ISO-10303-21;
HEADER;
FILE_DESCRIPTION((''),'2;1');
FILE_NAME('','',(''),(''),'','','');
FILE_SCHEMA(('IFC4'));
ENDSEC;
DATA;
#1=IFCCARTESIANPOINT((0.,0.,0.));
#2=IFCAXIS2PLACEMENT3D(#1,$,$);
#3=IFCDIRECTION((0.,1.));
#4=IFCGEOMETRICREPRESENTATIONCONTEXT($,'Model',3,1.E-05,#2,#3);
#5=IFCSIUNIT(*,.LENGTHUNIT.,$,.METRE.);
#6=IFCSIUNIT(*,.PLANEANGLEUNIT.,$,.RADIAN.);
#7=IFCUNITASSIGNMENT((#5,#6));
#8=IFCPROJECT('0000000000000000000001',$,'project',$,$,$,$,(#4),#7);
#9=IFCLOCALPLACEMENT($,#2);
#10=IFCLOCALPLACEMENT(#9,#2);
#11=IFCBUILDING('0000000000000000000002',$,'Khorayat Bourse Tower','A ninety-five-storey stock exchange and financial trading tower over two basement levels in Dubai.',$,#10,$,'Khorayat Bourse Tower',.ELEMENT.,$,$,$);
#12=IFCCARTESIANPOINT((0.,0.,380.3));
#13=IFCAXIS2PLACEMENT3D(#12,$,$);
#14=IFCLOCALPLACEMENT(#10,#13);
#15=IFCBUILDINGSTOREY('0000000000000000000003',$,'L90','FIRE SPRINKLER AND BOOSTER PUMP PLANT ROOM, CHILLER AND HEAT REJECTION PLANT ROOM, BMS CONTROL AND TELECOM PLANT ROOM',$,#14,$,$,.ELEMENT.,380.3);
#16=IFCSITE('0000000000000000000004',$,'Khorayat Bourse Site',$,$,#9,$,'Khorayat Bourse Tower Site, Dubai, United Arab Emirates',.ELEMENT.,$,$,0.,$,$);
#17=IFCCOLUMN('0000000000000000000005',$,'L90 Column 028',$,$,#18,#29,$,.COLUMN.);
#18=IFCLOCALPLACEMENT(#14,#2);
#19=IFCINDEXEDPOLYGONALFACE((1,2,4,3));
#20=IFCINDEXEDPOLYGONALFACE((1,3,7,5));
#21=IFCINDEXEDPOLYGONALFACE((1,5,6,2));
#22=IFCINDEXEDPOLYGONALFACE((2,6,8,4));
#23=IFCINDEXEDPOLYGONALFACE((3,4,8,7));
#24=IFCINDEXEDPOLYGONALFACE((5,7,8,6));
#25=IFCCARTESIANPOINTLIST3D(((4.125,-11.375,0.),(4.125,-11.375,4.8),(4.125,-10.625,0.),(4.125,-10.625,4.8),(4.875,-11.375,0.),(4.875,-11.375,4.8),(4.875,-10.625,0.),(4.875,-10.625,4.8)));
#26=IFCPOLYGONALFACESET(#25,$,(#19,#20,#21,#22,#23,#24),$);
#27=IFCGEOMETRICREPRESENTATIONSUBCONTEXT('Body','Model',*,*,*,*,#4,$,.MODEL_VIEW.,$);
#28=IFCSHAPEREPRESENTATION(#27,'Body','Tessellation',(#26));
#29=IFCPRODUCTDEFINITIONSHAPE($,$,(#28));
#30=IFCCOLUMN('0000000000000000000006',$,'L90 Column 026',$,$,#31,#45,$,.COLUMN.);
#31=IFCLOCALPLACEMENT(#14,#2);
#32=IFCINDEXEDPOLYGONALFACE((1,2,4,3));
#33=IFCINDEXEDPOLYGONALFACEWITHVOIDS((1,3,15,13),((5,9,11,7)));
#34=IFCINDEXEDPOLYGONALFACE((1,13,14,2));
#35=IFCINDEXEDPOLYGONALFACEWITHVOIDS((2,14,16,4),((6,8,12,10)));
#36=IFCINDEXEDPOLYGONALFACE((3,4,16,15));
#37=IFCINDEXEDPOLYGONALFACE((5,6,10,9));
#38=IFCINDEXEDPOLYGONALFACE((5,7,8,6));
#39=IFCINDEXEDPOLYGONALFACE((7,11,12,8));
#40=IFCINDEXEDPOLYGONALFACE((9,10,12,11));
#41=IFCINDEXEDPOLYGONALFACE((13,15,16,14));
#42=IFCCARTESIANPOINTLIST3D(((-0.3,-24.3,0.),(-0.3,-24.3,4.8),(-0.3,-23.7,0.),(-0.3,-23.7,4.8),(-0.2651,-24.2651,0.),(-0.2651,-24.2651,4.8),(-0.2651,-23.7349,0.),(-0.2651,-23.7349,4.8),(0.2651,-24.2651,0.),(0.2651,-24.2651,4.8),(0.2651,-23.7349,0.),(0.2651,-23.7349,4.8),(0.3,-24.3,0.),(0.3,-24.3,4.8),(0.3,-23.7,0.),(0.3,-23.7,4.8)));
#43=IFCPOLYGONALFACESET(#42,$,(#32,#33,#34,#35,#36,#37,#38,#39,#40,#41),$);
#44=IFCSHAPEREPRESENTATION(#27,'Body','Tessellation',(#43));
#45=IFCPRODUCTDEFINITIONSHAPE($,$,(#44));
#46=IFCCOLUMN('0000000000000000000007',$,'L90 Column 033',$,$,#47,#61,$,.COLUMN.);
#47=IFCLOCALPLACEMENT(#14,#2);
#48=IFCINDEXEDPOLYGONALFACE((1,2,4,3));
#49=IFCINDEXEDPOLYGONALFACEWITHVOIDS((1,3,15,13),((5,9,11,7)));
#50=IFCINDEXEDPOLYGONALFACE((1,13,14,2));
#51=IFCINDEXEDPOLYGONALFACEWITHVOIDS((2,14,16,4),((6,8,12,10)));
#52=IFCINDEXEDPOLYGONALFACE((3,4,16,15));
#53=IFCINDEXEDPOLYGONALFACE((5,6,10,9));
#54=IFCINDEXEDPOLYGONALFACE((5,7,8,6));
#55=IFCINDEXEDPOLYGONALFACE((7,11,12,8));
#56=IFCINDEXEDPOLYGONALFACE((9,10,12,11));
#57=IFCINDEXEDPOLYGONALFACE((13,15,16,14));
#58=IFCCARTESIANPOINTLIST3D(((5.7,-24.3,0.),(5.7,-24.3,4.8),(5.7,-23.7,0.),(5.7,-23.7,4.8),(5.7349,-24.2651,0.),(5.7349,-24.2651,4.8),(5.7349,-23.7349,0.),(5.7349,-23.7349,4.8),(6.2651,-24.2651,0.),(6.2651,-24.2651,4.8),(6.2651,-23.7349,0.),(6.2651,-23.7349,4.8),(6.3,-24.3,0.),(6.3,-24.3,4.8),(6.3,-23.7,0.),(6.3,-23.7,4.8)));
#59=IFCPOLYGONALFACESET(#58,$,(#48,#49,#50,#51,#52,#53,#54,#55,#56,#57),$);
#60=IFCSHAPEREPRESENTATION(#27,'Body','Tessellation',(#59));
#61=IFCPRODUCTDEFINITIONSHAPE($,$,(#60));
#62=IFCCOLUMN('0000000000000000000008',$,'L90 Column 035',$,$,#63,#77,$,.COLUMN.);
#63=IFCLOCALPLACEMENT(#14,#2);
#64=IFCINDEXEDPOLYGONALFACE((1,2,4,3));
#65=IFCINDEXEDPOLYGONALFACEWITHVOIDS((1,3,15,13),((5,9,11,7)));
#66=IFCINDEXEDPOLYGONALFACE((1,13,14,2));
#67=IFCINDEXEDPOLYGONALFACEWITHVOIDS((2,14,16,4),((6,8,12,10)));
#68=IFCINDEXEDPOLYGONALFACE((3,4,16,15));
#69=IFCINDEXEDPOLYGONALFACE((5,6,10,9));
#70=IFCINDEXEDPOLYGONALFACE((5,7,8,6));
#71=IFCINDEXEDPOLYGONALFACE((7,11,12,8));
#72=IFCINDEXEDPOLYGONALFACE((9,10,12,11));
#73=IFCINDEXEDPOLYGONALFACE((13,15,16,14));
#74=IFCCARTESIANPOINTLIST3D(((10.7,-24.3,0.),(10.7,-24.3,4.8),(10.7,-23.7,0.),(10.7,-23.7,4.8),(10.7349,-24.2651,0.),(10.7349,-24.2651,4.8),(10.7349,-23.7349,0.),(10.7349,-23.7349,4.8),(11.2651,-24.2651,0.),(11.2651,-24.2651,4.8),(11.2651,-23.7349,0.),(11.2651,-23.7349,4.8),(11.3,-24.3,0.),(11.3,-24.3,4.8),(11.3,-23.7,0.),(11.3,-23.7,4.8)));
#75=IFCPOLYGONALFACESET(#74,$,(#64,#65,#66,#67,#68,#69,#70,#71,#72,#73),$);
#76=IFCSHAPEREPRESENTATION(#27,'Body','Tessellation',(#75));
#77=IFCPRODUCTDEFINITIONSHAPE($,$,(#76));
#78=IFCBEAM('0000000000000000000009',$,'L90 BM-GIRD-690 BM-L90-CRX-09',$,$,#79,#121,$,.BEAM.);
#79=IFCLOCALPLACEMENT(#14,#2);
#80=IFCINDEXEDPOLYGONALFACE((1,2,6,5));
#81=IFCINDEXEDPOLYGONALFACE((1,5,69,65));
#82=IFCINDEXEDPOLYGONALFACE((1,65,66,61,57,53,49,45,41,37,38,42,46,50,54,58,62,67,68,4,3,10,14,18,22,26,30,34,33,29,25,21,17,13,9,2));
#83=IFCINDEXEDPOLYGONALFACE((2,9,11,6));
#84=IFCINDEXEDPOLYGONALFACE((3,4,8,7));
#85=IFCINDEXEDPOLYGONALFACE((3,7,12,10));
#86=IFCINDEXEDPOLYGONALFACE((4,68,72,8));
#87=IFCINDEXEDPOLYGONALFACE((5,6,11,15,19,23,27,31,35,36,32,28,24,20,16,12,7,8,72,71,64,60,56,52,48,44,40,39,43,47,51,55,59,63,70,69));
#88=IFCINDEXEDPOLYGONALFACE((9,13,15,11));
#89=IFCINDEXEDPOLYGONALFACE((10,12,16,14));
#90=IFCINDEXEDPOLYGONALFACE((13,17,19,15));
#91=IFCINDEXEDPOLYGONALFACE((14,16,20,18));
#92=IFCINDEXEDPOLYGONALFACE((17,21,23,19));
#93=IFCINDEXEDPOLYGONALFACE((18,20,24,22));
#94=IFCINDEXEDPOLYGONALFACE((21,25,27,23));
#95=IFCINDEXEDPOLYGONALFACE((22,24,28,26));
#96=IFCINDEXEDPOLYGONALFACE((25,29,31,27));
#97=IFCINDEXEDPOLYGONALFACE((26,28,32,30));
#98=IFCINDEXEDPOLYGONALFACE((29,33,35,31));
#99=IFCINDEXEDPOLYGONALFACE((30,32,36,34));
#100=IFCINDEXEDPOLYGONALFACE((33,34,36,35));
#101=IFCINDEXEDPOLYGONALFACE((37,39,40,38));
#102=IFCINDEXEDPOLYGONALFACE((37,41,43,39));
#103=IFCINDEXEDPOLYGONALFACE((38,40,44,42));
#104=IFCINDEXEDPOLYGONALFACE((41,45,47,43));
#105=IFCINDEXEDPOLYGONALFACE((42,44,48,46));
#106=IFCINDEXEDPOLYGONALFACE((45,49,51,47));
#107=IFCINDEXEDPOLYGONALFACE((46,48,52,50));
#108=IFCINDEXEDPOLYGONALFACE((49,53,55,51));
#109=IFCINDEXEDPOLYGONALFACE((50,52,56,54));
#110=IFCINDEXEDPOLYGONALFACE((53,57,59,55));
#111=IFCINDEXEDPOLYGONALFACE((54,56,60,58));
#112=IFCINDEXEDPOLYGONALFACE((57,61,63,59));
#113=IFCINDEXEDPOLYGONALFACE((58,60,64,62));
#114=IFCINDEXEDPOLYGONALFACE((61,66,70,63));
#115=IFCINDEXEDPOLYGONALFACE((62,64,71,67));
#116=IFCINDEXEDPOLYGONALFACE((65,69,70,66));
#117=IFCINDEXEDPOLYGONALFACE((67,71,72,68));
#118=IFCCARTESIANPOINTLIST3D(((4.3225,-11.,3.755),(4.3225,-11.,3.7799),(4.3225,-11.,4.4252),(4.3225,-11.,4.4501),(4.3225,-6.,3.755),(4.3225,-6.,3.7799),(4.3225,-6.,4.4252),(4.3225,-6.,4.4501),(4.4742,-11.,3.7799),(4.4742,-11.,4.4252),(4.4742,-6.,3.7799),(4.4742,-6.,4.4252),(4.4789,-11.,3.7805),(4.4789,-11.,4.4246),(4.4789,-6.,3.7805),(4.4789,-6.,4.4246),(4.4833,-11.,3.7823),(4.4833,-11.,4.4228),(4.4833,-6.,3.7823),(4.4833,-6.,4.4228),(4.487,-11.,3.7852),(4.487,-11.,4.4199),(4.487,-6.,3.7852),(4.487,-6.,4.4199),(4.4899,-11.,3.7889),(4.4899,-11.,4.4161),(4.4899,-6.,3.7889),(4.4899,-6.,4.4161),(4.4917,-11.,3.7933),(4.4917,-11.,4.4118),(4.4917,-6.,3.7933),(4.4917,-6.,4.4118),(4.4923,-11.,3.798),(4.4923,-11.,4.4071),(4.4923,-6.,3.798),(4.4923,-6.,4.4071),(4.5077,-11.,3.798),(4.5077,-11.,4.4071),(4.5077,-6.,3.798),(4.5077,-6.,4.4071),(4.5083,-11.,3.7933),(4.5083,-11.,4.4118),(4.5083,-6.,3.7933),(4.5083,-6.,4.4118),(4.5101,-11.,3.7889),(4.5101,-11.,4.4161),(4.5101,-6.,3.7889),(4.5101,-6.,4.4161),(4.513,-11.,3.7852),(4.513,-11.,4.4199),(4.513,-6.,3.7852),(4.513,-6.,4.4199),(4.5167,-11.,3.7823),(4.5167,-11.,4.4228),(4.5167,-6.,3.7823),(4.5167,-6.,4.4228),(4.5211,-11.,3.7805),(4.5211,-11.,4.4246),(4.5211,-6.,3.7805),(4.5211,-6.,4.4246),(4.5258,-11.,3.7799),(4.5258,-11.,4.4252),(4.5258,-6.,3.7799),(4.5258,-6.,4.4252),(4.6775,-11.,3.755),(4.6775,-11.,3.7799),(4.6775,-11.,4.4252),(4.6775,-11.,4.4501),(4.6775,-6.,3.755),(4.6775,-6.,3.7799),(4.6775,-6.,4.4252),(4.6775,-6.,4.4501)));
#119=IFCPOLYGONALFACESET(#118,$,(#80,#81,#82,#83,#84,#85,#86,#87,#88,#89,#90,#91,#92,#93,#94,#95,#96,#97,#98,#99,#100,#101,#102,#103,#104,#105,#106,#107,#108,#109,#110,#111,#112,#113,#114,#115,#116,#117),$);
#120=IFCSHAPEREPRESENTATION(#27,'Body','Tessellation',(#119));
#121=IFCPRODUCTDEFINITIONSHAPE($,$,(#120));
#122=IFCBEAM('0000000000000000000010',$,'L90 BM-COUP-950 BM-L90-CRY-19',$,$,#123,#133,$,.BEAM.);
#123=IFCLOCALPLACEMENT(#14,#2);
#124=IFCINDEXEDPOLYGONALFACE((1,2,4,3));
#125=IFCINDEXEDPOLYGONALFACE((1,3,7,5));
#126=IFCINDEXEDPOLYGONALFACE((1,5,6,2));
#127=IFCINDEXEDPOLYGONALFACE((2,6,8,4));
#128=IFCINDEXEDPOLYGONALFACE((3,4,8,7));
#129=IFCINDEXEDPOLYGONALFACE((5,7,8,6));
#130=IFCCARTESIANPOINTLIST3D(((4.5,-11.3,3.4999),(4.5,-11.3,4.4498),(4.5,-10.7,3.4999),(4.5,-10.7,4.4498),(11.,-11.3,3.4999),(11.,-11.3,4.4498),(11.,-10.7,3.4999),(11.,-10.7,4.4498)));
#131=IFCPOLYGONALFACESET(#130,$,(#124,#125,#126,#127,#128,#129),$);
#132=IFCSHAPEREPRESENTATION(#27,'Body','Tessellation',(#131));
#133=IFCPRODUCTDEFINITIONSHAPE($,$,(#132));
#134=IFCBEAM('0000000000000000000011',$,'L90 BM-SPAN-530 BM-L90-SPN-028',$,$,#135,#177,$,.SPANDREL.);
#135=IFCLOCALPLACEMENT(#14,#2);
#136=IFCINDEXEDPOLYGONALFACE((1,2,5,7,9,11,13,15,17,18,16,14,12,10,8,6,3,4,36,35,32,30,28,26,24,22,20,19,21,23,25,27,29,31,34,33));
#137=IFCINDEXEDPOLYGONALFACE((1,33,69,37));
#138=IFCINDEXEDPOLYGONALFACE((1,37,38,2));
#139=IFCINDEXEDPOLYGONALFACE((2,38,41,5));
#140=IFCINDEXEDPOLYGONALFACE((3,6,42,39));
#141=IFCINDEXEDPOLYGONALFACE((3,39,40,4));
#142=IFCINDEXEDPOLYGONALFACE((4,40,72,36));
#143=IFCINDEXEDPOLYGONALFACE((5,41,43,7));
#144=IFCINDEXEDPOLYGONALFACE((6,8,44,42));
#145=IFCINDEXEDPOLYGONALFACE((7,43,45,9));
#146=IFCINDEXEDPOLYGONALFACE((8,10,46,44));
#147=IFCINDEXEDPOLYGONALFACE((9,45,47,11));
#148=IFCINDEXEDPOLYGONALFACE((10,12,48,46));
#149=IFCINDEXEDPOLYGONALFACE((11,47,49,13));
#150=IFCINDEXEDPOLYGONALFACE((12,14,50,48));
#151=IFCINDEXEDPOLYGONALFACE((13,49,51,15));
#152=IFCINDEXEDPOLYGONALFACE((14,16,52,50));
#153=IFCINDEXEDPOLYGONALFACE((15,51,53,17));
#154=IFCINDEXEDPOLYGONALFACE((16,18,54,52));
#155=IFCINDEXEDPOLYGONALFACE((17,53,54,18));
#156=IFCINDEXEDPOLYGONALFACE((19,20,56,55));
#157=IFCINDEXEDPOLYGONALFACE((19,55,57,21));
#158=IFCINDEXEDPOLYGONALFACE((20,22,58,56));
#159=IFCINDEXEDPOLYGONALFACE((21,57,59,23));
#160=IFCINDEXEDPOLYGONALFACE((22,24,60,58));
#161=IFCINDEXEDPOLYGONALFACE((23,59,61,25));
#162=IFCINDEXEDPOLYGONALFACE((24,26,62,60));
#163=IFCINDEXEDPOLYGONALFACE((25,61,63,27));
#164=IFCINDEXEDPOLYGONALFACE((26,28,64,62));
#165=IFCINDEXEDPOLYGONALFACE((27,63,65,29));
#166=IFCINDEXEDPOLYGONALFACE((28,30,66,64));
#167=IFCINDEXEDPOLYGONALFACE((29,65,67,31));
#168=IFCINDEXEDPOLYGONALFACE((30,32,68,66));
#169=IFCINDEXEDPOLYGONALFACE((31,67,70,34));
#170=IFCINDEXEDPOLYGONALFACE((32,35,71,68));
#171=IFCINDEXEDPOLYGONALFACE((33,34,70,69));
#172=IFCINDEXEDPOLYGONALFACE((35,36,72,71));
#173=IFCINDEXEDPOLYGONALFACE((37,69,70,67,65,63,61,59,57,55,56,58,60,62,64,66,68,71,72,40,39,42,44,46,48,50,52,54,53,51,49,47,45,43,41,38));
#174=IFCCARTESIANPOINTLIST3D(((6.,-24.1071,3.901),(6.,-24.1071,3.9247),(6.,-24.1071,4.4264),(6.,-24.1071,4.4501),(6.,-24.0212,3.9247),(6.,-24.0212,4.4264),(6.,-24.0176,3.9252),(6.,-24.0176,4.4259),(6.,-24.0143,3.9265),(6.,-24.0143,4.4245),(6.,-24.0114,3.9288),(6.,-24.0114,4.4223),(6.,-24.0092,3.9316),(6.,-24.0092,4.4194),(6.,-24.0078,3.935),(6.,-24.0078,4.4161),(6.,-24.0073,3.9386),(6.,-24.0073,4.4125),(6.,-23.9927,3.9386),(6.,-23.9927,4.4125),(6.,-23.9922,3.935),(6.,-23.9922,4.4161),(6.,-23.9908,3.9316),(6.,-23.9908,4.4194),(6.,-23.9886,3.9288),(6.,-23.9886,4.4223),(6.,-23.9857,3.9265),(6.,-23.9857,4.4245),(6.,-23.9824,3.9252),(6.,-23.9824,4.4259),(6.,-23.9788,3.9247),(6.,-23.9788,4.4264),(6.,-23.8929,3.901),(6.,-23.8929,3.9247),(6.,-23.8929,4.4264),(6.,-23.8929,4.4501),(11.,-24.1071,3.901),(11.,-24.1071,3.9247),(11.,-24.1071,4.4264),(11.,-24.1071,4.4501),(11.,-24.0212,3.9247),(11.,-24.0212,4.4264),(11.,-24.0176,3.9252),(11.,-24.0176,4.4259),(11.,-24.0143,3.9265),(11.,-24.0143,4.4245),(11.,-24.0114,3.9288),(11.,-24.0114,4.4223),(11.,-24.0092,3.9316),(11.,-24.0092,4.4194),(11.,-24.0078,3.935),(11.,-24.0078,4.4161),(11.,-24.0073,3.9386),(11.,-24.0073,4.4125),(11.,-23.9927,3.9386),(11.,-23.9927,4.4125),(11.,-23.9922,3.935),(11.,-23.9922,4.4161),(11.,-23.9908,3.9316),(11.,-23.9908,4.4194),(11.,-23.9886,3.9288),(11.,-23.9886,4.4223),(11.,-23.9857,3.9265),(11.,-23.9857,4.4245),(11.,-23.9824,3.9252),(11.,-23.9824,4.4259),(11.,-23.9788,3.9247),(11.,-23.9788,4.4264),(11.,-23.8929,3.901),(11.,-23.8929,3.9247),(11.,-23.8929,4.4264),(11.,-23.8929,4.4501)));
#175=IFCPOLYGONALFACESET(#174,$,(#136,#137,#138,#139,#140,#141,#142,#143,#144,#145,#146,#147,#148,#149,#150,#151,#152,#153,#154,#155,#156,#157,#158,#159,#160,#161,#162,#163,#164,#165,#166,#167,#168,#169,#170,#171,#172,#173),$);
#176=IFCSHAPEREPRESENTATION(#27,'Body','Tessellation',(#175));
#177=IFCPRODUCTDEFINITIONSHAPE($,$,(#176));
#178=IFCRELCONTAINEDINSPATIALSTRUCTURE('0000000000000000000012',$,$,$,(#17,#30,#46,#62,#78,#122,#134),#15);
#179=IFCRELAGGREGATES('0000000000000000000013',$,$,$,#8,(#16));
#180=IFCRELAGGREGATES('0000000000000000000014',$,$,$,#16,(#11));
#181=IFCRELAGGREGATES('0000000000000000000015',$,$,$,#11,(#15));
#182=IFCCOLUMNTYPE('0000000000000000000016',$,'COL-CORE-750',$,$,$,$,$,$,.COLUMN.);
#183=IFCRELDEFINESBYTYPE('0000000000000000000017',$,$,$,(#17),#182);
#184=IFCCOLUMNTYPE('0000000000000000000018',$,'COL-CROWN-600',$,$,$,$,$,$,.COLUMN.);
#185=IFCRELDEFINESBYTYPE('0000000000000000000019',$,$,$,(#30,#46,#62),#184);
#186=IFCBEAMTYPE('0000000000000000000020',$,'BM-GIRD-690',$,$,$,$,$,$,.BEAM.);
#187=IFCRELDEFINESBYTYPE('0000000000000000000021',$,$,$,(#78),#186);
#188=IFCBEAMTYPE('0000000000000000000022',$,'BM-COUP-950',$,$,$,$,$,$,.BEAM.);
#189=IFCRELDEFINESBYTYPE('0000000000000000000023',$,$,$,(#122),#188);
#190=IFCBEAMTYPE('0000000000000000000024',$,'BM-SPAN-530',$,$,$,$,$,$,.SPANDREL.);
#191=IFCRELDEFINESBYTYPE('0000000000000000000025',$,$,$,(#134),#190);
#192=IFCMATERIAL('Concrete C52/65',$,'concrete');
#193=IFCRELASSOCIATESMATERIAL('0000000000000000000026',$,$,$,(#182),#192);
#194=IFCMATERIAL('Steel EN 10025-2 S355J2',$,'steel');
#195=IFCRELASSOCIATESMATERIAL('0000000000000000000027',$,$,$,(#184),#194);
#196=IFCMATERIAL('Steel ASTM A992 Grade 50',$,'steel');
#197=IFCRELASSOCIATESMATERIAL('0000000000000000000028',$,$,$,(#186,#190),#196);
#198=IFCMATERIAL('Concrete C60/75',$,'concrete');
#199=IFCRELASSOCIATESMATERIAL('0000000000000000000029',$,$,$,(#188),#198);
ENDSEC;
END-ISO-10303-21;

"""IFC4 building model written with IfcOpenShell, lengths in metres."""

from ifc_helpers import new_model, si_unit, direction, frame, origin, origin_2d, place, context, subcontext, project, spatial, rectangle, hollow_rectangle, i_section, extrude, source, transform, mapped, material, material_profile, profile_set, type_object, element, save


model = new_model("IFC4")

# Units and contexts
model_context = context("Model", 3, precision=1e-05, world=origin(), true_north=direction((0.0, 1.0)))
body_context = subcontext(model_context, "Body", "Model", "MODEL_VIEW")
ifc_project = project(units=[si_unit("LENGTHUNIT", "METRE"), si_unit("PLANEANGLEUNIT", "RADIAN")], contexts=[model_context])

# Site, building, storey
site_placement = place(None, origin())
site = spatial("IfcSite", under=ifc_project, at=site_placement, Name="Khorayat Bourse Site", LongName="Khorayat Bourse Tower Site, Dubai, United Arab Emirates", CompositionType="ELEMENT", RefElevation=0.0)
building_placement = place(site_placement, origin())
building = spatial("IfcBuilding", under=site, at=building_placement, Name="Khorayat Bourse Tower", Description="A ninety-five-storey stock exchange and financial trading tower over two basement levels in Dubai.", LongName="Khorayat Bourse Tower", CompositionType="ELEMENT")
storey_placement = place(building_placement, frame((0.0, 0.0, 380.3)))
storey = spatial("IfcBuildingStorey", under=building, at=storey_placement, Name="L90", Description="FIRE SPRINKLER AND BOOSTER PUMP PLANT ROOM, CHILLER AND HEAT REJECTION PLANT ROOM, BMS CONTROL AND TELECOM PLANT ROOM", CompositionType="ELEMENT", Elevation=380.3)

# Columns
ifc_material_1 = material(Name="Concrete C52/65", Category="concrete")
ifc_material_profile_1 = material_profile(ifc_material_1, rectangle(XDim=0.75, YDim=0.75, at=origin_2d()), Name="RC 750x750")
ifc_profile_set_1 = profile_set([ifc_material_profile_1], Name="Concrete C52/65")
column_type_1 = type_object("IfcColumnType", Name="COL-CORE-750", PredefinedType="COLUMN", material=ifc_profile_set_1)
shared_shape_1 = source(origin(), body_context, "Body", "SweptSolid", [
    extrude(rectangle(XDim=0.75, YDim=0.75, at=origin_2d()), origin(), (0.0, 0.0, 1.0), 4.8),
])
column_placement = place(storey_placement, frame((4.5, -11.0, 0.0), z_axis=(0.0, 0.0, 1.0), x_axis=(1.0, 0.0, 0.0)))
element("IfcColumn", 1, at=column_placement, inside=storey, type_object=column_type_1, Name="L90 Column 028", PredefinedType="COLUMN", context=body_context, shape_type="MappedRepresentation", body=[
    mapped(shared_shape_1, transform((0.0, 0.0, 0.0), scale=1.0)),
])
ifc_material_2 = material(Name="Steel EN 10025-2 S355J2", Category="steel")
ifc_material_profile_2 = material_profile(ifc_material_2, hollow_rectangle(XDim=0.6001, YDim=0.6001, WallThickness=0.0349, at=origin_2d()), Name="BOX 600x600x35")
ifc_profile_set_2 = profile_set([ifc_material_profile_2], Name="Steel EN 10025-2 S355J2")
column_type_2 = type_object("IfcColumnType", Name="COL-CROWN-600", PredefinedType="COLUMN", material=ifc_profile_set_2)
shared_shape_2 = source(origin(), body_context, "Body", "SweptSolid", [
    extrude(hollow_rectangle(XDim=0.6001, YDim=0.6001, WallThickness=0.0349, at=origin_2d()), origin(), (0.0, 0.0, 1.0), 4.8),
])
for number, where, z_axis, x_axis, name in (
    (2, (0.0, -24.0, 0.0), (0.0, 0.0, 1.0), (1.0, 0.0, 0.0), "L90 Column 026"),
    (3, (6.0, -24.0, 0.0), (0.0, 0.0, 1.0), (1.0, 0.0, 0.0), "L90 Column 033"),
    (4, (11.0, -24.0, 0.0), (0.0, 0.0, 1.0), (1.0, 0.0, 0.0), "L90 Column 035"),
):
    element("IfcColumn", number, at=place(storey_placement, frame(where, z_axis=z_axis, x_axis=x_axis)), inside=storey, type_object=column_type_2, Name=name, PredefinedType="COLUMN", context=body_context, shape_type="MappedRepresentation", body=[
        mapped(shared_shape_2, transform((0.0, 0.0, 0.0), scale=1.0)),
    ])

# Beams
ifc_material_3 = material(Name="Steel ASTM A992 Grade 50", Category="steel")
ifc_material_profile_3 = material_profile(ifc_material_3, i_section(OverallWidth=0.355, OverallDepth=0.6951, WebThickness=0.0154, FlangeThickness=0.0249, FilletRadius=0.0181, at=origin_2d()), Name="W690X217")
ifc_profile_set_3 = profile_set([ifc_material_profile_3], Name="Steel ASTM A992 Grade 50")
beam_type_1 = type_object("IfcBeamType", Name="BM-GIRD-690", PredefinedType="BEAM", material=ifc_profile_set_3)
shared_shape_3 = source(origin(), body_context, "Body", "SweptSolid", [
    extrude(i_section(OverallWidth=0.355, OverallDepth=0.6951, WebThickness=0.0154, FlangeThickness=0.0249, FilletRadius=0.0181, at=origin_2d()), origin(), (0.0, 0.0, 1.0), 5.0),
])
beam_1_placement = place(storey_placement, frame((4.5, -11.0, 4.1025), z_axis=(0.0, 1.0, 0.0), x_axis=(-1.0, 0.0, 0.0)))
element("IfcBeam", 5, at=beam_1_placement, inside=storey, type_object=beam_type_1, Name="L90 BM-GIRD-690 BM-L90-CRX-09", PredefinedType="BEAM", context=body_context, shape_type="MappedRepresentation", body=[
    mapped(shared_shape_3, transform((0.0, 0.0, 0.0), scale=1.0)),
])
ifc_material_4 = material(Name="Concrete C60/75", Category="concrete")
ifc_material_profile_4 = material_profile(ifc_material_4, rectangle(XDim=0.6001, YDim=0.95, at=origin_2d()), Name="RC 600x950")
ifc_profile_set_4 = profile_set([ifc_material_profile_4], Name="Concrete C60/75")
beam_type_2 = type_object("IfcBeamType", Name="BM-COUP-950", PredefinedType="BEAM", material=ifc_profile_set_4)
shared_shape_4 = source(origin(), body_context, "Body", "SweptSolid", [
    extrude(rectangle(XDim=0.6001, YDim=0.95, at=origin_2d()), origin(), (0.0, 0.0, 1.0), 6.5),
])
beam_2_placement = place(storey_placement, frame((4.5, -11.0, 3.9749), z_axis=(1.0, 0.0, 0.0), x_axis=(0.0, 1.0, 0.0)))
element("IfcBeam", 6, at=beam_2_placement, inside=storey, type_object=beam_type_2, Name="L90 BM-COUP-950 BM-L90-CRY-19", PredefinedType="BEAM", context=body_context, shape_type="MappedRepresentation", body=[
    mapped(shared_shape_4, transform((0.0, 0.0, 0.0), scale=1.0)),
])
ifc_material_profile_5 = material_profile(ifc_material_3, i_section(OverallWidth=0.2141, OverallDepth=0.5491, WebThickness=0.0146, FlangeThickness=0.0237, FilletRadius=0.0139, at=origin_2d()), Name="W530X138")
ifc_profile_set_5 = profile_set([ifc_material_profile_5], Name="Steel ASTM A992 Grade 50")
beam_type_3 = type_object("IfcBeamType", Name="BM-SPAN-530", PredefinedType="SPANDREL", material=ifc_profile_set_5)
shared_shape_5 = source(origin(), body_context, "Body", "SweptSolid", [
    extrude(i_section(OverallWidth=0.2141, OverallDepth=0.5491, WebThickness=0.0146, FlangeThickness=0.0237, FilletRadius=0.0139, at=origin_2d()), origin(), (0.0, 0.0, 1.0), 5.0),
])
beam_3_placement = place(storey_placement, frame((6.0, -24.0, 4.1755), z_axis=(1.0, 0.0, 0.0), x_axis=(0.0, 1.0, 0.0)))
element("IfcBeam", 7, at=beam_3_placement, inside=storey, type_object=beam_type_3, Name="L90 BM-SPAN-530 BM-L90-SPN-028", PredefinedType="SPANDREL", context=body_context, shape_type="MappedRepresentation", body=[
    mapped(shared_shape_5, transform((0.0, 0.0, 0.0), scale=1.0)),
])

save(model, "model.ifc")
